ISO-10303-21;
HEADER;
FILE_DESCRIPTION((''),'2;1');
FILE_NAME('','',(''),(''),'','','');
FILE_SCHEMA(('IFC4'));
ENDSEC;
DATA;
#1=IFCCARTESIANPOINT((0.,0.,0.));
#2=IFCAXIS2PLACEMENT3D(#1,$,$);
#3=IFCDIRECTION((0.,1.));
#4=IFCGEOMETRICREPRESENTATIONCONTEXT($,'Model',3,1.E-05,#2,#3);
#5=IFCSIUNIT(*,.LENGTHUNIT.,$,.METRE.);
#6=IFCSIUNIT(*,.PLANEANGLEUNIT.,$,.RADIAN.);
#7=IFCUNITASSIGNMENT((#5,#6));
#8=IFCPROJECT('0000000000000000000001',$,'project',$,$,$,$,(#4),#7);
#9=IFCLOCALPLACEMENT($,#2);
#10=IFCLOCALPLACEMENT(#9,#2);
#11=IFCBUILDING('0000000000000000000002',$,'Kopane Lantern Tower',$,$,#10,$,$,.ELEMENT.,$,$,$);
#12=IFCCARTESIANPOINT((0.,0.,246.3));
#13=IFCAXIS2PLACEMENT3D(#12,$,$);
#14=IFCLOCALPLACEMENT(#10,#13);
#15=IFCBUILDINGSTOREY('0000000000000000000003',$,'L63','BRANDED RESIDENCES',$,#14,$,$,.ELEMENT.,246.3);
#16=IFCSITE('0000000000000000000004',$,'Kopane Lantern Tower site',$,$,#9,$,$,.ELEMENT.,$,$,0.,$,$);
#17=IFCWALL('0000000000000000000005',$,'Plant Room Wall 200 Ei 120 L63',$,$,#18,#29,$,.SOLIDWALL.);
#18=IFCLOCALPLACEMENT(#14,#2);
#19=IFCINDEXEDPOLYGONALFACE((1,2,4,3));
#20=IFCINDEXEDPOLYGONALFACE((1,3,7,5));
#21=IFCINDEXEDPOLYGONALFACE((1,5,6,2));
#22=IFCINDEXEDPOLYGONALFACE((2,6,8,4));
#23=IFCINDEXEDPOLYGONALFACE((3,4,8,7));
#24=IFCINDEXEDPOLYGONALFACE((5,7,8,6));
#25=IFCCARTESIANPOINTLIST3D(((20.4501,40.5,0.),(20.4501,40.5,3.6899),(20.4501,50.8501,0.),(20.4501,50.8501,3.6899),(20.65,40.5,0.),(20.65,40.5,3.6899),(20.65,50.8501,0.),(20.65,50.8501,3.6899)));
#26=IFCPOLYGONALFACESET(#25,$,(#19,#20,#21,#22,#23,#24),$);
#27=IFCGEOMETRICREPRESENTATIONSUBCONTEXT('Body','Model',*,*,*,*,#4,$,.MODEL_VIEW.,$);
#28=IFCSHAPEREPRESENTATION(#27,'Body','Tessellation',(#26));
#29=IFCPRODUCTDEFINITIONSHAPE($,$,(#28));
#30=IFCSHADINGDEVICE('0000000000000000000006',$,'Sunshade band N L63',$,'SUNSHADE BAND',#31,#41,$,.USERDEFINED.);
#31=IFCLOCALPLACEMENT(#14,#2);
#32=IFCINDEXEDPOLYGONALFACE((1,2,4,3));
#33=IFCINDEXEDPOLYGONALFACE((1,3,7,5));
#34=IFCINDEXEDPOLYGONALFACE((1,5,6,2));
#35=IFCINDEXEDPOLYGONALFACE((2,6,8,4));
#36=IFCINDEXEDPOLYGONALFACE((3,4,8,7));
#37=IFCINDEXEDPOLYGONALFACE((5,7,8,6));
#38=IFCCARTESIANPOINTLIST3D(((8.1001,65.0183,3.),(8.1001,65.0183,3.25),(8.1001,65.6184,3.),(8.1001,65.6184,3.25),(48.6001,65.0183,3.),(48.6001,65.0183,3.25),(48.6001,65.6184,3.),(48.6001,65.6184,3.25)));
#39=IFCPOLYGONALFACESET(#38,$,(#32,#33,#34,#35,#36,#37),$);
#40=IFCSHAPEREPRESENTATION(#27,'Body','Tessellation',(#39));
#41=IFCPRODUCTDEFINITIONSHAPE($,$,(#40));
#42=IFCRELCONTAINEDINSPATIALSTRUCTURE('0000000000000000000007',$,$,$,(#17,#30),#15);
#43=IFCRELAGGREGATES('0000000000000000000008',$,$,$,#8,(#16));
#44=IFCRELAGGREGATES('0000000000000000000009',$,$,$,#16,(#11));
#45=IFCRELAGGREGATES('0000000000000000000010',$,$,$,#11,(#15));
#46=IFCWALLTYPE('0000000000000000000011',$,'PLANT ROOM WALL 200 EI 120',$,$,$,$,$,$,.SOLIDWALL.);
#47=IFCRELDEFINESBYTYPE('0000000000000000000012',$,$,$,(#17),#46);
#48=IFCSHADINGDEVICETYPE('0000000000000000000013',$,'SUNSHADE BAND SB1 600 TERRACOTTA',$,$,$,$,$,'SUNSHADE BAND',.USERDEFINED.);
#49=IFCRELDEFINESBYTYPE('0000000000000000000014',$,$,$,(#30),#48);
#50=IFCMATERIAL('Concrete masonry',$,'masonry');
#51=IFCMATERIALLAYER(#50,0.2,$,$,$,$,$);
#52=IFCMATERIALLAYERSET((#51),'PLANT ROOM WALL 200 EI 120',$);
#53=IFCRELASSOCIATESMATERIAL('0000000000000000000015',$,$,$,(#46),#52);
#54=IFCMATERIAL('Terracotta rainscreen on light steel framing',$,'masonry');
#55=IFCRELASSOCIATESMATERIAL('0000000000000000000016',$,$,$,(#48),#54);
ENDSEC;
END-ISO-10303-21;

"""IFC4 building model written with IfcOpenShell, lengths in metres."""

from ifc_helpers import new_model, si_unit, direction, frame, frame_2d, origin, origin_2d, place, context, subcontext, project, spatial, rectangle, extrude, material, layer, layer_set, type_object, element, save


model = new_model("IFC4")

# Units and contexts
model_context = context("Model", 3, precision=1e-05, world=origin(), true_north=direction((0.0, 1.0)))
body_context = subcontext(model_context, "Body", "Model", "MODEL_VIEW")
ifc_project = project(units=[si_unit("LENGTHUNIT", "METRE"), si_unit("PLANEANGLEUNIT", "RADIAN")], contexts=[model_context])

# Site, building, storey
site_placement = place(None, origin())
site = spatial("IfcSite", under=ifc_project, at=site_placement, Name="Kopane Lantern Tower site", CompositionType="ELEMENT", RefElevation=0.0)
building_placement = place(site_placement, origin())
building = spatial("IfcBuilding", under=site, at=building_placement, Name="Kopane Lantern Tower", CompositionType="ELEMENT")
storey_placement = place(building_placement, frame((0.0, 0.0, 246.3)))
storey = spatial("IfcBuildingStorey", under=building, at=storey_placement, Name="L63", Description="BRANDED RESIDENCES", CompositionType="ELEMENT", Elevation=246.3)

# Wall
ifc_material_1 = material(Name="Concrete masonry", Category="masonry")
ifc_layer_1 = layer(ifc_material_1, 0.2)
ifc_layer_set_1 = layer_set([ifc_layer_1], Name="PLANT ROOM WALL 200 EI 120")
wall_type_1 = type_object("IfcWallType", Name="PLANT ROOM WALL 200 EI 120", PredefinedType="SOLIDWALL", material=ifc_layer_set_1)
wall_1_placement = place(storey_placement, frame((20.55, 50.8501, 0.0), z_axis=(0.0, 0.0, 1.0), x_axis=(0.0, -1.0, 0.0)))
element("IfcWall", 1, at=wall_1_placement, inside=storey, type_object=wall_type_1, Name="Plant Room Wall 200 Ei 120 L63", PredefinedType="SOLIDWALL", context=body_context, shape_type="SweptSolid", body=[
    extrude(rectangle(XDim=10.3501, YDim=0.2, at=frame_2d((5.175, 0.0))), origin(), (0.0, 0.0, 1.0), 3.6899),
])

# Shading device
ifc_material_2 = material(Name="Terracotta rainscreen on light steel framing", Category="masonry")
shading_device_type = type_object("IfcShadingDeviceType", Name="SUNSHADE BAND SB1 600 TERRACOTTA", ElementType="SUNSHADE BAND", PredefinedType="USERDEFINED", material=ifc_material_2)
shading_device_placement = place(storey_placement, frame((28.3501, 65.3184, 3.0), z_axis=(0.0, 0.0, 1.0), x_axis=(-1.0, 0.0, 0.0)))
element("IfcShadingDevice", 2, at=shading_device_placement, inside=storey, type_object=shading_device_type, Name="Sunshade band N L63", ObjectType="SUNSHADE BAND", PredefinedType="USERDEFINED", context=body_context, shape_type="SweptSolid", body=[
    extrude(rectangle(XDim=40.5, YDim=0.6001, at=origin_2d()), origin(), (0.0, 0.0, 1.0), 0.25),
])

save(model, "model.ifc")
